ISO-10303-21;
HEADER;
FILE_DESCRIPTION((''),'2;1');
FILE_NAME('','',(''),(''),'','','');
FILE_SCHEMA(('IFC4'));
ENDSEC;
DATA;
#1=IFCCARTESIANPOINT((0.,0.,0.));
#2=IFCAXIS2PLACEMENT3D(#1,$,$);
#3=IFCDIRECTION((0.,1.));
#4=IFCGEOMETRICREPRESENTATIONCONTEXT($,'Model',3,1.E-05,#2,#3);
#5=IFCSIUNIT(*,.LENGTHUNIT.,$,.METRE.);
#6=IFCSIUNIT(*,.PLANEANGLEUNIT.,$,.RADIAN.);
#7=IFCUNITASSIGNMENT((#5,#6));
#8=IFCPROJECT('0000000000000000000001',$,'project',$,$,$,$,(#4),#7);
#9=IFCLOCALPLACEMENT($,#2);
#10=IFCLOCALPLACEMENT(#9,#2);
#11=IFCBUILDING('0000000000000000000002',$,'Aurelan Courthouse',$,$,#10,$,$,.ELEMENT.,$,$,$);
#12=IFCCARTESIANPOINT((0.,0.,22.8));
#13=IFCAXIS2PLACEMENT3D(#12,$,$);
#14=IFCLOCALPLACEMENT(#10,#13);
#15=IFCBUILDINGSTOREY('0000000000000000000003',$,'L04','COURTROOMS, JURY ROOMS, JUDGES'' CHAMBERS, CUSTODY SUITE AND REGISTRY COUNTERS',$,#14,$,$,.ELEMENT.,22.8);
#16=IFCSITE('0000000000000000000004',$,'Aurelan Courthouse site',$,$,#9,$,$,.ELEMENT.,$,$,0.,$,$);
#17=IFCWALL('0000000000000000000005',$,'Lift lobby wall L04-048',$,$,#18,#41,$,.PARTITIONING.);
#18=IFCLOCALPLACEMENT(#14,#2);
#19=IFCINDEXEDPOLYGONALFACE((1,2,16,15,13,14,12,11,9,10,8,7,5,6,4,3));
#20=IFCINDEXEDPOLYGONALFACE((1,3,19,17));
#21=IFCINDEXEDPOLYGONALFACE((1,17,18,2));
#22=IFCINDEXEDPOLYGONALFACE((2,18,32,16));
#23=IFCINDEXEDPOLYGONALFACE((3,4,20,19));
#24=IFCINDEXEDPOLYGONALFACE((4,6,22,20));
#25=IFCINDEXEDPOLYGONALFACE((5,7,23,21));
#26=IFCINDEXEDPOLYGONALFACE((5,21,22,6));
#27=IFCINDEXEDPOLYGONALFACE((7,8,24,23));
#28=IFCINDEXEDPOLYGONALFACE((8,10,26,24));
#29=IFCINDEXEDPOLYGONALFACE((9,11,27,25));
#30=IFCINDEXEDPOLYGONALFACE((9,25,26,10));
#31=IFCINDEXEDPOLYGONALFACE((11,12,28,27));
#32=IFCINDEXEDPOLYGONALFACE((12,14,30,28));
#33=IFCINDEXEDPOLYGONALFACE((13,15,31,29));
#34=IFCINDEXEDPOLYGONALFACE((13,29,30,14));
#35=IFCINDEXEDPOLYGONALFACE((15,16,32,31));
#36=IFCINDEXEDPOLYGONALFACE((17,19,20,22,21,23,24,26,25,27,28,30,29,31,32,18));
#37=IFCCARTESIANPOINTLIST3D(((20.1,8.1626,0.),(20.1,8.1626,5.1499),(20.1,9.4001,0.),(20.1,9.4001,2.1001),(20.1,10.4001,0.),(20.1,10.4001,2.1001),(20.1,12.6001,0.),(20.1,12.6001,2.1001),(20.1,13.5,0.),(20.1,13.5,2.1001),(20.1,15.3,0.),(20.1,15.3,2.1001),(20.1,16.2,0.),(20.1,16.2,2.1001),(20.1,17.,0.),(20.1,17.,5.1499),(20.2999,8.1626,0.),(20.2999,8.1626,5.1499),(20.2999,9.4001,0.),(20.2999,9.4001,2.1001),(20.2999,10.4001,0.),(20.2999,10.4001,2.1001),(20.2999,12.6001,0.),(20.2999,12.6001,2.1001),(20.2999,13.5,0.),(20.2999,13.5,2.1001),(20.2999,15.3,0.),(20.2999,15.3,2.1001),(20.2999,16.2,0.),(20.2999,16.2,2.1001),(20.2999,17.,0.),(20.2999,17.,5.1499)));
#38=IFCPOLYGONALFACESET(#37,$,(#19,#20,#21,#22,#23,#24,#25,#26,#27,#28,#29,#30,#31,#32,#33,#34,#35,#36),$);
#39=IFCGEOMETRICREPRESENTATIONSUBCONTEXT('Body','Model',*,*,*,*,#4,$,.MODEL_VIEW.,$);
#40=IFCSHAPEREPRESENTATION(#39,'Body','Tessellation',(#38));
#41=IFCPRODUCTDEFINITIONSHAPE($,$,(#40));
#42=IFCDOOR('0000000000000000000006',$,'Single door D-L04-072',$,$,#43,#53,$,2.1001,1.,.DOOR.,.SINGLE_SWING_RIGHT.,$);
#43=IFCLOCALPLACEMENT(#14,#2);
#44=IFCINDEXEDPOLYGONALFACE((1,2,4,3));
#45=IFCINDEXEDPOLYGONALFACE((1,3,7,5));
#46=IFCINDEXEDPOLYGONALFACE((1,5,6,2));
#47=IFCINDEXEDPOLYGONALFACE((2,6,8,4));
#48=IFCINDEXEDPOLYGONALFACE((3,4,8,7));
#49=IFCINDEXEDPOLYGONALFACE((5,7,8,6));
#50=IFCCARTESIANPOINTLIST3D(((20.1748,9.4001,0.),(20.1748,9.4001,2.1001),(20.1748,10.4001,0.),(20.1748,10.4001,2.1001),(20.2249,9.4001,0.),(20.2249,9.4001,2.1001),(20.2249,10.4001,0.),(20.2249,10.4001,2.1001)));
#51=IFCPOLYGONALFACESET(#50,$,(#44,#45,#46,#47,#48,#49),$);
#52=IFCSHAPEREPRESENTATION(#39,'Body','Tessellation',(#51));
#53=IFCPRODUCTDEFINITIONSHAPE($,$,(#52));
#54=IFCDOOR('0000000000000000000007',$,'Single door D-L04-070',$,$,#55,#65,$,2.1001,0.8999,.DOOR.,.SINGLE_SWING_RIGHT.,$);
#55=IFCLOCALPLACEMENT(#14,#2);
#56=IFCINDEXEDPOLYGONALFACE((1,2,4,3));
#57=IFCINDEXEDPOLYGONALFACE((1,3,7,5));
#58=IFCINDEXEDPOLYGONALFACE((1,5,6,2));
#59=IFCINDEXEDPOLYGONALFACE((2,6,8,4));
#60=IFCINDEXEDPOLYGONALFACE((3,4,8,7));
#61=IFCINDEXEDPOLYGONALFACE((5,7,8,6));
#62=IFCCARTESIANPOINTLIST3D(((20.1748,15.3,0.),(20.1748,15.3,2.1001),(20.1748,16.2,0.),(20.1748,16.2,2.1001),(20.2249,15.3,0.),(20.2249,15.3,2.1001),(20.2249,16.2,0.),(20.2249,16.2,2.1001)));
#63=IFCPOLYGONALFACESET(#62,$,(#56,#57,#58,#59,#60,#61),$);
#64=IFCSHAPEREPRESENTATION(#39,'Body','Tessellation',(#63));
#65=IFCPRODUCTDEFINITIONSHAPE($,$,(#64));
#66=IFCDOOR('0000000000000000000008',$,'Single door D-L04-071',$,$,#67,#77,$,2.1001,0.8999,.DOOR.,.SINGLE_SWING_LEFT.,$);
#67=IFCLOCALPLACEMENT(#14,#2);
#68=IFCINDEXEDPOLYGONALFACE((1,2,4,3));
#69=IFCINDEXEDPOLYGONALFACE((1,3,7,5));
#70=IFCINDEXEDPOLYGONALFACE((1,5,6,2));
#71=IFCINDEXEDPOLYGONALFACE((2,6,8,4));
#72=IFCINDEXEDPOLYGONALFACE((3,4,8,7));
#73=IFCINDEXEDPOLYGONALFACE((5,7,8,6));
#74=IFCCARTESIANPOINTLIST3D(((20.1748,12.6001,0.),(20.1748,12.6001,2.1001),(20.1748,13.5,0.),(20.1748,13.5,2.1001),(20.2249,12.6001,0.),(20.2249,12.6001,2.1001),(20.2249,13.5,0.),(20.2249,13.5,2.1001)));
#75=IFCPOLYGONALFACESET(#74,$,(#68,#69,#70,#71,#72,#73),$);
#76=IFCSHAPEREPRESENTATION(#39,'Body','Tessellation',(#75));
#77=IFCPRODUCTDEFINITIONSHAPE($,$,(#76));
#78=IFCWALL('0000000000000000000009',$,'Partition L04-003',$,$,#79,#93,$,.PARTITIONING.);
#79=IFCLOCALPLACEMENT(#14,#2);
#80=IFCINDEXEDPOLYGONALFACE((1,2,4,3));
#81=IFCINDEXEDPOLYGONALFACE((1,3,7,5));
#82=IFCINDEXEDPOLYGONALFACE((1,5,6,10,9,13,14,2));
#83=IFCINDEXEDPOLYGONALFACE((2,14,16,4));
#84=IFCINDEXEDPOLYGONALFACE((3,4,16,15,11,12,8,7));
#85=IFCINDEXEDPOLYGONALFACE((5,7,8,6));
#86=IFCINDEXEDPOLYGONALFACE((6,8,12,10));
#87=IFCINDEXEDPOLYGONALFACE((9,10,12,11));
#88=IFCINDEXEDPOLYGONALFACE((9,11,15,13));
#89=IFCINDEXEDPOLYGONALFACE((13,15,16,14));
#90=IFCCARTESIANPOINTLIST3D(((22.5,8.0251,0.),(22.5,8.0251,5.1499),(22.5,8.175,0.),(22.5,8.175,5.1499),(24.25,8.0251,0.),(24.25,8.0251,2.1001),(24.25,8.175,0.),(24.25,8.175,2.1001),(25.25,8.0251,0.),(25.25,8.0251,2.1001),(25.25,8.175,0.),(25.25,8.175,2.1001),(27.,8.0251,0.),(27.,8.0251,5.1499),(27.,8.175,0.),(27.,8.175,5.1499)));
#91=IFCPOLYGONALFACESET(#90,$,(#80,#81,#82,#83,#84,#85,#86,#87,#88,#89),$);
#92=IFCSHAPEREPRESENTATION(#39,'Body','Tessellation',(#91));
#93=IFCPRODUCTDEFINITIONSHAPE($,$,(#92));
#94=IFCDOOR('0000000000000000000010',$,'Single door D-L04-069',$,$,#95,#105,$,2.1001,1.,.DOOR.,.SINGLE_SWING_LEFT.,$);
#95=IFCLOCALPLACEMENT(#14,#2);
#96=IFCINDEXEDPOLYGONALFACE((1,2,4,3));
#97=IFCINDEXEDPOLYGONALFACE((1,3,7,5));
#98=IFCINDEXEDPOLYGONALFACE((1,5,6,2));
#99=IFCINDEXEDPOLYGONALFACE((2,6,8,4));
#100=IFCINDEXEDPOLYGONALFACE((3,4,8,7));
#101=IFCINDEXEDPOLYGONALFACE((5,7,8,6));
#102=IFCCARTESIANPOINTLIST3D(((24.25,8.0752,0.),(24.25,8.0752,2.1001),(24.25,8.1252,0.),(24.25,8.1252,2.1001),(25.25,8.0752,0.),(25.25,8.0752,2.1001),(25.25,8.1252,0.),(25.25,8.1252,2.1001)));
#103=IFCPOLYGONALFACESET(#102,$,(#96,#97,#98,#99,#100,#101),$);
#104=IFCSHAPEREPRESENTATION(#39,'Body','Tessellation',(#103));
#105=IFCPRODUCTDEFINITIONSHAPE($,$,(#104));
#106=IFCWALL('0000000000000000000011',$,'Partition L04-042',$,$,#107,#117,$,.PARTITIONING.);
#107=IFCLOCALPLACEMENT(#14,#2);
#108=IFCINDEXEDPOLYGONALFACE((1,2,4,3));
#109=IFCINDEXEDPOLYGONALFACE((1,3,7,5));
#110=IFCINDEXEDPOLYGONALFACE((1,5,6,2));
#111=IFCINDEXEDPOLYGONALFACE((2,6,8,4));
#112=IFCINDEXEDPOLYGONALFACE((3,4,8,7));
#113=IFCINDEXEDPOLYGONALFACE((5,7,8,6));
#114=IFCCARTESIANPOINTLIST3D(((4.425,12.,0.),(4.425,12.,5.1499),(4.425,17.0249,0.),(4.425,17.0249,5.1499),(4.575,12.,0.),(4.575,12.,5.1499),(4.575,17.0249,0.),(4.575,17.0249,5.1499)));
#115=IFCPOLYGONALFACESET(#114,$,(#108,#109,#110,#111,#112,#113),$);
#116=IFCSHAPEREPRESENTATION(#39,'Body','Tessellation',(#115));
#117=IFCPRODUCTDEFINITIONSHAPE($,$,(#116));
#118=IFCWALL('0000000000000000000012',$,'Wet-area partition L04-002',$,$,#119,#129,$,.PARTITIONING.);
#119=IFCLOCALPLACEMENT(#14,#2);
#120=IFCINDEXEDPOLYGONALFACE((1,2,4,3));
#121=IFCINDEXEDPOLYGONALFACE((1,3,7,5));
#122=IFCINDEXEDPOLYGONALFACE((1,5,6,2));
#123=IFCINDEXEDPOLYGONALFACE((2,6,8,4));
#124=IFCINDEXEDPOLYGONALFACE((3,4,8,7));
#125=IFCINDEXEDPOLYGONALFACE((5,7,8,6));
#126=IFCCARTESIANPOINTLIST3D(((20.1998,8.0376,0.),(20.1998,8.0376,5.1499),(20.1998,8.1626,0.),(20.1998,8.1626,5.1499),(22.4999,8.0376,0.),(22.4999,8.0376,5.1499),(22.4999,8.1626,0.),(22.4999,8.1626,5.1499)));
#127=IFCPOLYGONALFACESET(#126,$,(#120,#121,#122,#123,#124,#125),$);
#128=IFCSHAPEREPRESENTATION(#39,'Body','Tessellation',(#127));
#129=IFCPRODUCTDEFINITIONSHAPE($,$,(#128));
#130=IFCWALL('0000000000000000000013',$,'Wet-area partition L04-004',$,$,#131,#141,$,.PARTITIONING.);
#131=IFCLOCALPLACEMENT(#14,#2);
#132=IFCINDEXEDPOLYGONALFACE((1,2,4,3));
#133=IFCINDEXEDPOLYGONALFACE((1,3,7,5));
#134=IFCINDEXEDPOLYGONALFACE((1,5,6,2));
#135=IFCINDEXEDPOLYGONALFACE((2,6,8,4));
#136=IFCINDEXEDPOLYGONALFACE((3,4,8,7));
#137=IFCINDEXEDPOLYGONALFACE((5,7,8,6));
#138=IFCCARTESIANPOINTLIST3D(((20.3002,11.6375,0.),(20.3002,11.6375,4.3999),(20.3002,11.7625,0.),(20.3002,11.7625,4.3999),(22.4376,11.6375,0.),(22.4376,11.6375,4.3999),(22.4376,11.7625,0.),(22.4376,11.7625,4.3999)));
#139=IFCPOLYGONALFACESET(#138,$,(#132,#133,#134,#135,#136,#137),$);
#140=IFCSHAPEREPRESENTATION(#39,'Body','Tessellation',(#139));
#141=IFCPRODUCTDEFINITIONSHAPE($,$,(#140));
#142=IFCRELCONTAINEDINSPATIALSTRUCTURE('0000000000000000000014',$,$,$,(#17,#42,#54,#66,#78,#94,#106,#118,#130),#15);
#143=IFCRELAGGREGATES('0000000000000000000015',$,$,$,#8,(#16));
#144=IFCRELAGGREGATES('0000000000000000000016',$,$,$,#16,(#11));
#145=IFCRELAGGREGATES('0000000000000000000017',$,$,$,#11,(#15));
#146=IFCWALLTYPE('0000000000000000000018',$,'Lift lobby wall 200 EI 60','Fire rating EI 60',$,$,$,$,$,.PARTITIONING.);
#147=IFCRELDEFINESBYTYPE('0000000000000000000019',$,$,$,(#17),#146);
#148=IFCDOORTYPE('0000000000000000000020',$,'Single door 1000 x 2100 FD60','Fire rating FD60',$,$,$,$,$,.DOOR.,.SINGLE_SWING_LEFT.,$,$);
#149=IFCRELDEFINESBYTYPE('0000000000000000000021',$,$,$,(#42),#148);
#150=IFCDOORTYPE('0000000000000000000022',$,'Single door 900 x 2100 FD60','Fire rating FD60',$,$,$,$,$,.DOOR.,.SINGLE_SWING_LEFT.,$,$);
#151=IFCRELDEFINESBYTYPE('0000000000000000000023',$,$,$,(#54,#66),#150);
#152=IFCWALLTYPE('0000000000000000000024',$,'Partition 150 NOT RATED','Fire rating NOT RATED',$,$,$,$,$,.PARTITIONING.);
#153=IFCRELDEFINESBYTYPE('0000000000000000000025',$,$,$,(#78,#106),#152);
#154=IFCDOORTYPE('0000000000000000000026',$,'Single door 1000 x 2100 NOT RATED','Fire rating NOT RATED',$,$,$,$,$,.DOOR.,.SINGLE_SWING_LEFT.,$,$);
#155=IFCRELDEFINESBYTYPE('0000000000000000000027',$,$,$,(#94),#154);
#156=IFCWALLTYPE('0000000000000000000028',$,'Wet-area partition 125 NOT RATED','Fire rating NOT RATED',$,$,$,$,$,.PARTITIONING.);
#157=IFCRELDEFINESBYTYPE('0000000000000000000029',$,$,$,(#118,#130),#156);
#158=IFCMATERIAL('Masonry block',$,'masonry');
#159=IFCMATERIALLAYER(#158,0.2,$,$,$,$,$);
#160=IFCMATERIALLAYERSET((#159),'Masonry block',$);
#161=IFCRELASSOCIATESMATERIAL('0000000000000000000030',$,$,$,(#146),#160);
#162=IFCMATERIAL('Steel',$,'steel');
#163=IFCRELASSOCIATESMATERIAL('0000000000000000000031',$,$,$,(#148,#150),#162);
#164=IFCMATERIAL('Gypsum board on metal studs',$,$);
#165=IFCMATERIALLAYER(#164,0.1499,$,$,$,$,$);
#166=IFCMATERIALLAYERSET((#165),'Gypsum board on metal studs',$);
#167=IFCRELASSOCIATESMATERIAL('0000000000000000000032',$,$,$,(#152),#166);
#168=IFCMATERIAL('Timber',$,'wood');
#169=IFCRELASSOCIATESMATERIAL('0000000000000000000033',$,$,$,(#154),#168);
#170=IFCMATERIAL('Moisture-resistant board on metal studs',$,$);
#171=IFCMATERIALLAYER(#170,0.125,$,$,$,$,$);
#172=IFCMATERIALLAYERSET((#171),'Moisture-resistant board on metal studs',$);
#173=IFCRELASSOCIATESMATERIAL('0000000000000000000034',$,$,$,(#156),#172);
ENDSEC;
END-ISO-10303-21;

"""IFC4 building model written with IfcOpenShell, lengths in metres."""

from ifc_helpers import new_model, si_unit, direction, frame, frame_2d, origin, place, context, subcontext, project, spatial, rectangle, extrude, material, layer, layer_set, type_object, element, fill, save


model = new_model("IFC4")

# Units and contexts
model_context = context("Model", 3, precision=1e-05, world=origin(), true_north=direction((0.0, 1.0)))
body_context = subcontext(model_context, "Body", "Model", "MODEL_VIEW")
ifc_project = project(units=[si_unit("LENGTHUNIT", "METRE"), si_unit("PLANEANGLEUNIT", "RADIAN")], contexts=[model_context])

# Site, building, storey
site_placement = place(None, origin())
site = spatial("IfcSite", under=ifc_project, at=site_placement, Name="Aurelan Courthouse site", CompositionType="ELEMENT", RefElevation=0.0)
building_placement = place(site_placement, origin())
building = spatial("IfcBuilding", under=site, at=building_placement, Name="Aurelan Courthouse", CompositionType="ELEMENT")
storey_placement = place(building_placement, frame((0.0, 0.0, 22.8)))
storey = spatial("IfcBuildingStorey", under=building, at=storey_placement, Name="L04", Description="COURTROOMS, JURY ROOMS, JUDGES' CHAMBERS, CUSTODY SUITE AND REGISTRY COUNTERS", CompositionType="ELEMENT", Elevation=22.8)

# Shared definitions
ifc_material_1 = material(Name="Gypsum board on metal studs")

# Shared definitions
ifc_material_2 = material(Name="Masonry block", Category="masonry")
ifc_material_3 = material(Name="Steel", Category="steel")

# Shared definitions
ifc_layer_1 = layer(ifc_material_2, 0.2)
ifc_layer_set_1 = layer_set([ifc_layer_1], Name="Masonry block")
wall_type_1 = type_object("IfcWallType", Name="Lift lobby wall 200 EI 60", Description="Fire rating EI 60", PredefinedType="PARTITIONING", material=ifc_layer_set_1)

# Wall, openings, doors
wall_1_placement = place(storey_placement, frame((20.2, 8.1626, 0.0), z_axis=(0.0, 0.0, 1.0), x_axis=(0.0, 1.0, 0.0)))
wall_1 = element("IfcWall", 1, at=wall_1_placement, inside=storey, type_object=wall_type_1, Name="Lift lobby wall L04-048", PredefinedType="PARTITIONING", context=body_context, shape_type="SweptSolid", body=[
    extrude(rectangle(XDim=8.8374, YDim=0.2, at=frame_2d((4.4187, 0.0))), origin(), (0.0, 0.0, 1.0), 5.1499),
])
opening_1_placement = place(wall_1_placement, frame((8.0374, 0.0, 0.0), z_axis=(0.0, 0.0, 1.0), x_axis=(-1.0, 0.0, 0.0)))
opening_1 = element("IfcOpeningElement", 2, at=opening_1_placement, cuts=wall_1, PredefinedType="OPENING", context=body_context, shape_type="SweptSolid", body=[
    extrude(rectangle(XDim=0.8999, YDim=2.1001, at=frame_2d((0.45, 1.05))), frame((0.0, 0.1099, 0.0), z_axis=(0.0, -1.0, 0.0), x_axis=(1.0, 0.0, 0.0)), (0.0, 0.0, 1.0), 0.22),
])
opening_2_placement = place(wall_1_placement, frame((5.3374, 0.0, 0.0), z_axis=(0.0, 0.0, 1.0), x_axis=(-1.0, 0.0, 0.0)))
opening_2 = element("IfcOpeningElement", 3, at=opening_2_placement, cuts=wall_1, PredefinedType="OPENING", context=body_context, shape_type="SweptSolid", body=[
    extrude(rectangle(XDim=0.8999, YDim=2.1001, at=frame_2d((0.45, 1.05))), frame((0.0, 0.1099, 0.0), z_axis=(0.0, -1.0, 0.0), x_axis=(1.0, 0.0, 0.0)), (0.0, 0.0, 1.0), 0.22),
])
opening_3_placement = place(wall_1_placement, frame((2.2375, 0.0, 0.0), z_axis=(0.0, 0.0, 1.0), x_axis=(-1.0, 0.0, 0.0)))
opening_3 = element("IfcOpeningElement", 4, at=opening_3_placement, cuts=wall_1, PredefinedType="OPENING", context=body_context, shape_type="SweptSolid", body=[
    extrude(rectangle(XDim=1.0, YDim=2.1001, at=frame_2d((0.5, 1.05))), frame((0.0, 0.1099, 0.0), z_axis=(0.0, -1.0, 0.0), x_axis=(1.0, 0.0, 0.0)), (0.0, 0.0, 1.0), 0.22),
])
door_type_1 = type_object("IfcDoorType", Name="Single door 1000 x 2100 FD60", Description="Fire rating FD60", OperationType="SINGLE_SWING_LEFT", PredefinedType="DOOR", material=ifc_material_3)
door_1_placement = place(opening_3_placement, origin())
door_1 = element("IfcDoor", 5, at=door_1_placement, inside=storey, type_object=door_type_1, Name="Single door D-L04-072", OperationType="SINGLE_SWING_RIGHT", OverallHeight=2.1001, OverallWidth=1.0, PredefinedType="DOOR", context=body_context, shape_type="SweptSolid", body=[
    extrude(rectangle(XDim=1.0, YDim=2.1001, at=frame_2d((0.5, 1.05))), frame((0.0, 0.0249, 0.0), z_axis=(0.0, -1.0, 0.0), x_axis=(1.0, 0.0, 0.0)), (0.0, 0.0, 1.0), 0.05),
])
fill(opening_3, door_1)
door_type_2 = type_object("IfcDoorType", Name="Single door 900 x 2100 FD60", Description="Fire rating FD60", OperationType="SINGLE_SWING_LEFT", PredefinedType="DOOR", material=ifc_material_3)
door_2_placement = place(opening_1_placement, origin())
door_2 = element("IfcDoor", 6, at=door_2_placement, inside=storey, type_object=door_type_2, Name="Single door D-L04-070", OperationType="SINGLE_SWING_RIGHT", OverallHeight=2.1001, OverallWidth=0.8999, PredefinedType="DOOR", context=body_context, shape_type="SweptSolid", body=[
    extrude(rectangle(XDim=0.8999, YDim=2.1001, at=frame_2d((0.45, 1.05))), frame((0.0, 0.0249, 0.0), z_axis=(0.0, -1.0, 0.0), x_axis=(1.0, 0.0, 0.0)), (0.0, 0.0, 1.0), 0.05),
])
fill(opening_1, door_2)
door_3_placement = place(opening_2_placement, origin())
door_3 = element("IfcDoor", 7, at=door_3_placement, inside=storey, type_object=door_type_2, Name="Single door D-L04-071", OperationType="SINGLE_SWING_LEFT", OverallHeight=2.1001, OverallWidth=0.8999, PredefinedType="DOOR", context=body_context, shape_type="SweptSolid", body=[
    extrude(rectangle(XDim=0.8999, YDim=2.1001, at=frame_2d((0.45, 1.05))), frame((0.0, 0.0249, 0.0), z_axis=(0.0, -1.0, 0.0), x_axis=(1.0, 0.0, 0.0)), (0.0, 0.0, 1.0), 0.05),
])
fill(opening_2, door_3)

# Wall, opening, door
ifc_layer_2 = layer(ifc_material_1, 0.1499)
ifc_layer_set_2 = layer_set([ifc_layer_2], Name="Gypsum board on metal studs")
wall_type_2 = type_object("IfcWallType", Name="Partition 150 NOT RATED", Description="Fire rating NOT RATED", PredefinedType="PARTITIONING", material=ifc_layer_set_2)
wall_2_placement = place(storey_placement, frame((22.5, 8.1001, 0.0), z_axis=(0.0, 0.0, 1.0), x_axis=(1.0, 0.0, 0.0)))
wall_2 = element("IfcWall", 8, at=wall_2_placement, inside=storey, type_object=wall_type_2, Name="Partition L04-003", PredefinedType="PARTITIONING", context=body_context, shape_type="SweptSolid", body=[
    extrude(rectangle(XDim=4.5, YDim=0.1499, at=frame_2d((2.25, 0.0))), origin(), (0.0, 0.0, 1.0), 5.1499),
])
opening_4_placement = place(wall_2_placement, frame((2.75, 0.0, 0.0), z_axis=(0.0, 0.0, 1.0), x_axis=(-1.0, 0.0, 0.0)))
opening_4 = element("IfcOpeningElement", 9, at=opening_4_placement, cuts=wall_2, PredefinedType="OPENING", context=body_context, shape_type="SweptSolid", body=[
    extrude(rectangle(XDim=1.0, YDim=2.1001, at=frame_2d((0.5, 1.05))), frame((0.0, 0.085, 0.0), z_axis=(0.0, -1.0, 0.0), x_axis=(1.0, 0.0, 0.0)), (0.0, 0.0, 1.0), 0.1699),
])
ifc_material_4 = material(Name="Timber", Category="wood")
door_type_3 = type_object("IfcDoorType", Name="Single door 1000 x 2100 NOT RATED", Description="Fire rating NOT RATED", OperationType="SINGLE_SWING_LEFT", PredefinedType="DOOR", material=ifc_material_4)
door_4_placement = place(opening_4_placement, origin())
door_4 = element("IfcDoor", 10, at=door_4_placement, inside=storey, type_object=door_type_3, Name="Single door D-L04-069", OperationType="SINGLE_SWING_LEFT", OverallHeight=2.1001, OverallWidth=1.0, PredefinedType="DOOR", context=body_context, shape_type="SweptSolid", body=[
    extrude(rectangle(XDim=1.0, YDim=2.1001, at=frame_2d((0.5, 1.05))), frame((0.0, 0.0249, 0.0), z_axis=(0.0, -1.0, 0.0), x_axis=(1.0, 0.0, 0.0)), (0.0, 0.0, 1.0), 0.05),
])
fill(opening_4, door_4)

# Walls
wall_3_placement = place(storey_placement, frame((4.5, 12.0, 0.0), z_axis=(0.0, 0.0, 1.0), x_axis=(0.0, 1.0, 0.0)))
element("IfcWall", 11, at=wall_3_placement, inside=storey, type_object=wall_type_2, Name="Partition L04-042", PredefinedType="PARTITIONING", context=body_context, shape_type="SweptSolid", body=[
    extrude(rectangle(XDim=5.0249, YDim=0.1499, at=frame_2d((2.5125, 0.0))), origin(), (0.0, 0.0, 1.0), 5.1499),
])
ifc_material_5 = material(Name="Moisture-resistant board on metal studs")
ifc_layer_3 = layer(ifc_material_5, 0.125)
ifc_layer_set_3 = layer_set([ifc_layer_3], Name="Moisture-resistant board on metal studs")
wall_type_3 = type_object("IfcWallType", Name="Wet-area partition 125 NOT RATED", Description="Fire rating NOT RATED", PredefinedType="PARTITIONING", material=ifc_layer_set_3)
wall_4_placement = place(storey_placement, frame((20.2, 8.1001, 0.0), z_axis=(0.0, 0.0, 1.0), x_axis=(1.0, 0.0, 0.0)))
element("IfcWall", 12, at=wall_4_placement, inside=storey, type_object=wall_type_3, Name="Wet-area partition L04-002", PredefinedType="PARTITIONING", context=body_context, shape_type="SweptSolid", body=[
    extrude(rectangle(XDim=2.3, YDim=0.125, at=frame_2d((1.1499, 0.0))), origin(), (0.0, 0.0, 1.0), 5.1499),
])
wall_5_placement = place(storey_placement, frame((20.3, 11.7, 0.0), z_axis=(0.0, 0.0, 1.0), x_axis=(1.0, 0.0, 0.0)))
element("IfcWall", 13, at=wall_5_placement, inside=storey, type_object=wall_type_3, Name="Wet-area partition L04-004", PredefinedType="PARTITIONING", context=body_context, shape_type="SweptSolid", body=[
    extrude(rectangle(XDim=2.1375, YDim=0.125, at=frame_2d((1.0688, 0.0))), origin(), (0.0, 0.0, 1.0), 4.3999),
])

save(model, "model.ifc")
